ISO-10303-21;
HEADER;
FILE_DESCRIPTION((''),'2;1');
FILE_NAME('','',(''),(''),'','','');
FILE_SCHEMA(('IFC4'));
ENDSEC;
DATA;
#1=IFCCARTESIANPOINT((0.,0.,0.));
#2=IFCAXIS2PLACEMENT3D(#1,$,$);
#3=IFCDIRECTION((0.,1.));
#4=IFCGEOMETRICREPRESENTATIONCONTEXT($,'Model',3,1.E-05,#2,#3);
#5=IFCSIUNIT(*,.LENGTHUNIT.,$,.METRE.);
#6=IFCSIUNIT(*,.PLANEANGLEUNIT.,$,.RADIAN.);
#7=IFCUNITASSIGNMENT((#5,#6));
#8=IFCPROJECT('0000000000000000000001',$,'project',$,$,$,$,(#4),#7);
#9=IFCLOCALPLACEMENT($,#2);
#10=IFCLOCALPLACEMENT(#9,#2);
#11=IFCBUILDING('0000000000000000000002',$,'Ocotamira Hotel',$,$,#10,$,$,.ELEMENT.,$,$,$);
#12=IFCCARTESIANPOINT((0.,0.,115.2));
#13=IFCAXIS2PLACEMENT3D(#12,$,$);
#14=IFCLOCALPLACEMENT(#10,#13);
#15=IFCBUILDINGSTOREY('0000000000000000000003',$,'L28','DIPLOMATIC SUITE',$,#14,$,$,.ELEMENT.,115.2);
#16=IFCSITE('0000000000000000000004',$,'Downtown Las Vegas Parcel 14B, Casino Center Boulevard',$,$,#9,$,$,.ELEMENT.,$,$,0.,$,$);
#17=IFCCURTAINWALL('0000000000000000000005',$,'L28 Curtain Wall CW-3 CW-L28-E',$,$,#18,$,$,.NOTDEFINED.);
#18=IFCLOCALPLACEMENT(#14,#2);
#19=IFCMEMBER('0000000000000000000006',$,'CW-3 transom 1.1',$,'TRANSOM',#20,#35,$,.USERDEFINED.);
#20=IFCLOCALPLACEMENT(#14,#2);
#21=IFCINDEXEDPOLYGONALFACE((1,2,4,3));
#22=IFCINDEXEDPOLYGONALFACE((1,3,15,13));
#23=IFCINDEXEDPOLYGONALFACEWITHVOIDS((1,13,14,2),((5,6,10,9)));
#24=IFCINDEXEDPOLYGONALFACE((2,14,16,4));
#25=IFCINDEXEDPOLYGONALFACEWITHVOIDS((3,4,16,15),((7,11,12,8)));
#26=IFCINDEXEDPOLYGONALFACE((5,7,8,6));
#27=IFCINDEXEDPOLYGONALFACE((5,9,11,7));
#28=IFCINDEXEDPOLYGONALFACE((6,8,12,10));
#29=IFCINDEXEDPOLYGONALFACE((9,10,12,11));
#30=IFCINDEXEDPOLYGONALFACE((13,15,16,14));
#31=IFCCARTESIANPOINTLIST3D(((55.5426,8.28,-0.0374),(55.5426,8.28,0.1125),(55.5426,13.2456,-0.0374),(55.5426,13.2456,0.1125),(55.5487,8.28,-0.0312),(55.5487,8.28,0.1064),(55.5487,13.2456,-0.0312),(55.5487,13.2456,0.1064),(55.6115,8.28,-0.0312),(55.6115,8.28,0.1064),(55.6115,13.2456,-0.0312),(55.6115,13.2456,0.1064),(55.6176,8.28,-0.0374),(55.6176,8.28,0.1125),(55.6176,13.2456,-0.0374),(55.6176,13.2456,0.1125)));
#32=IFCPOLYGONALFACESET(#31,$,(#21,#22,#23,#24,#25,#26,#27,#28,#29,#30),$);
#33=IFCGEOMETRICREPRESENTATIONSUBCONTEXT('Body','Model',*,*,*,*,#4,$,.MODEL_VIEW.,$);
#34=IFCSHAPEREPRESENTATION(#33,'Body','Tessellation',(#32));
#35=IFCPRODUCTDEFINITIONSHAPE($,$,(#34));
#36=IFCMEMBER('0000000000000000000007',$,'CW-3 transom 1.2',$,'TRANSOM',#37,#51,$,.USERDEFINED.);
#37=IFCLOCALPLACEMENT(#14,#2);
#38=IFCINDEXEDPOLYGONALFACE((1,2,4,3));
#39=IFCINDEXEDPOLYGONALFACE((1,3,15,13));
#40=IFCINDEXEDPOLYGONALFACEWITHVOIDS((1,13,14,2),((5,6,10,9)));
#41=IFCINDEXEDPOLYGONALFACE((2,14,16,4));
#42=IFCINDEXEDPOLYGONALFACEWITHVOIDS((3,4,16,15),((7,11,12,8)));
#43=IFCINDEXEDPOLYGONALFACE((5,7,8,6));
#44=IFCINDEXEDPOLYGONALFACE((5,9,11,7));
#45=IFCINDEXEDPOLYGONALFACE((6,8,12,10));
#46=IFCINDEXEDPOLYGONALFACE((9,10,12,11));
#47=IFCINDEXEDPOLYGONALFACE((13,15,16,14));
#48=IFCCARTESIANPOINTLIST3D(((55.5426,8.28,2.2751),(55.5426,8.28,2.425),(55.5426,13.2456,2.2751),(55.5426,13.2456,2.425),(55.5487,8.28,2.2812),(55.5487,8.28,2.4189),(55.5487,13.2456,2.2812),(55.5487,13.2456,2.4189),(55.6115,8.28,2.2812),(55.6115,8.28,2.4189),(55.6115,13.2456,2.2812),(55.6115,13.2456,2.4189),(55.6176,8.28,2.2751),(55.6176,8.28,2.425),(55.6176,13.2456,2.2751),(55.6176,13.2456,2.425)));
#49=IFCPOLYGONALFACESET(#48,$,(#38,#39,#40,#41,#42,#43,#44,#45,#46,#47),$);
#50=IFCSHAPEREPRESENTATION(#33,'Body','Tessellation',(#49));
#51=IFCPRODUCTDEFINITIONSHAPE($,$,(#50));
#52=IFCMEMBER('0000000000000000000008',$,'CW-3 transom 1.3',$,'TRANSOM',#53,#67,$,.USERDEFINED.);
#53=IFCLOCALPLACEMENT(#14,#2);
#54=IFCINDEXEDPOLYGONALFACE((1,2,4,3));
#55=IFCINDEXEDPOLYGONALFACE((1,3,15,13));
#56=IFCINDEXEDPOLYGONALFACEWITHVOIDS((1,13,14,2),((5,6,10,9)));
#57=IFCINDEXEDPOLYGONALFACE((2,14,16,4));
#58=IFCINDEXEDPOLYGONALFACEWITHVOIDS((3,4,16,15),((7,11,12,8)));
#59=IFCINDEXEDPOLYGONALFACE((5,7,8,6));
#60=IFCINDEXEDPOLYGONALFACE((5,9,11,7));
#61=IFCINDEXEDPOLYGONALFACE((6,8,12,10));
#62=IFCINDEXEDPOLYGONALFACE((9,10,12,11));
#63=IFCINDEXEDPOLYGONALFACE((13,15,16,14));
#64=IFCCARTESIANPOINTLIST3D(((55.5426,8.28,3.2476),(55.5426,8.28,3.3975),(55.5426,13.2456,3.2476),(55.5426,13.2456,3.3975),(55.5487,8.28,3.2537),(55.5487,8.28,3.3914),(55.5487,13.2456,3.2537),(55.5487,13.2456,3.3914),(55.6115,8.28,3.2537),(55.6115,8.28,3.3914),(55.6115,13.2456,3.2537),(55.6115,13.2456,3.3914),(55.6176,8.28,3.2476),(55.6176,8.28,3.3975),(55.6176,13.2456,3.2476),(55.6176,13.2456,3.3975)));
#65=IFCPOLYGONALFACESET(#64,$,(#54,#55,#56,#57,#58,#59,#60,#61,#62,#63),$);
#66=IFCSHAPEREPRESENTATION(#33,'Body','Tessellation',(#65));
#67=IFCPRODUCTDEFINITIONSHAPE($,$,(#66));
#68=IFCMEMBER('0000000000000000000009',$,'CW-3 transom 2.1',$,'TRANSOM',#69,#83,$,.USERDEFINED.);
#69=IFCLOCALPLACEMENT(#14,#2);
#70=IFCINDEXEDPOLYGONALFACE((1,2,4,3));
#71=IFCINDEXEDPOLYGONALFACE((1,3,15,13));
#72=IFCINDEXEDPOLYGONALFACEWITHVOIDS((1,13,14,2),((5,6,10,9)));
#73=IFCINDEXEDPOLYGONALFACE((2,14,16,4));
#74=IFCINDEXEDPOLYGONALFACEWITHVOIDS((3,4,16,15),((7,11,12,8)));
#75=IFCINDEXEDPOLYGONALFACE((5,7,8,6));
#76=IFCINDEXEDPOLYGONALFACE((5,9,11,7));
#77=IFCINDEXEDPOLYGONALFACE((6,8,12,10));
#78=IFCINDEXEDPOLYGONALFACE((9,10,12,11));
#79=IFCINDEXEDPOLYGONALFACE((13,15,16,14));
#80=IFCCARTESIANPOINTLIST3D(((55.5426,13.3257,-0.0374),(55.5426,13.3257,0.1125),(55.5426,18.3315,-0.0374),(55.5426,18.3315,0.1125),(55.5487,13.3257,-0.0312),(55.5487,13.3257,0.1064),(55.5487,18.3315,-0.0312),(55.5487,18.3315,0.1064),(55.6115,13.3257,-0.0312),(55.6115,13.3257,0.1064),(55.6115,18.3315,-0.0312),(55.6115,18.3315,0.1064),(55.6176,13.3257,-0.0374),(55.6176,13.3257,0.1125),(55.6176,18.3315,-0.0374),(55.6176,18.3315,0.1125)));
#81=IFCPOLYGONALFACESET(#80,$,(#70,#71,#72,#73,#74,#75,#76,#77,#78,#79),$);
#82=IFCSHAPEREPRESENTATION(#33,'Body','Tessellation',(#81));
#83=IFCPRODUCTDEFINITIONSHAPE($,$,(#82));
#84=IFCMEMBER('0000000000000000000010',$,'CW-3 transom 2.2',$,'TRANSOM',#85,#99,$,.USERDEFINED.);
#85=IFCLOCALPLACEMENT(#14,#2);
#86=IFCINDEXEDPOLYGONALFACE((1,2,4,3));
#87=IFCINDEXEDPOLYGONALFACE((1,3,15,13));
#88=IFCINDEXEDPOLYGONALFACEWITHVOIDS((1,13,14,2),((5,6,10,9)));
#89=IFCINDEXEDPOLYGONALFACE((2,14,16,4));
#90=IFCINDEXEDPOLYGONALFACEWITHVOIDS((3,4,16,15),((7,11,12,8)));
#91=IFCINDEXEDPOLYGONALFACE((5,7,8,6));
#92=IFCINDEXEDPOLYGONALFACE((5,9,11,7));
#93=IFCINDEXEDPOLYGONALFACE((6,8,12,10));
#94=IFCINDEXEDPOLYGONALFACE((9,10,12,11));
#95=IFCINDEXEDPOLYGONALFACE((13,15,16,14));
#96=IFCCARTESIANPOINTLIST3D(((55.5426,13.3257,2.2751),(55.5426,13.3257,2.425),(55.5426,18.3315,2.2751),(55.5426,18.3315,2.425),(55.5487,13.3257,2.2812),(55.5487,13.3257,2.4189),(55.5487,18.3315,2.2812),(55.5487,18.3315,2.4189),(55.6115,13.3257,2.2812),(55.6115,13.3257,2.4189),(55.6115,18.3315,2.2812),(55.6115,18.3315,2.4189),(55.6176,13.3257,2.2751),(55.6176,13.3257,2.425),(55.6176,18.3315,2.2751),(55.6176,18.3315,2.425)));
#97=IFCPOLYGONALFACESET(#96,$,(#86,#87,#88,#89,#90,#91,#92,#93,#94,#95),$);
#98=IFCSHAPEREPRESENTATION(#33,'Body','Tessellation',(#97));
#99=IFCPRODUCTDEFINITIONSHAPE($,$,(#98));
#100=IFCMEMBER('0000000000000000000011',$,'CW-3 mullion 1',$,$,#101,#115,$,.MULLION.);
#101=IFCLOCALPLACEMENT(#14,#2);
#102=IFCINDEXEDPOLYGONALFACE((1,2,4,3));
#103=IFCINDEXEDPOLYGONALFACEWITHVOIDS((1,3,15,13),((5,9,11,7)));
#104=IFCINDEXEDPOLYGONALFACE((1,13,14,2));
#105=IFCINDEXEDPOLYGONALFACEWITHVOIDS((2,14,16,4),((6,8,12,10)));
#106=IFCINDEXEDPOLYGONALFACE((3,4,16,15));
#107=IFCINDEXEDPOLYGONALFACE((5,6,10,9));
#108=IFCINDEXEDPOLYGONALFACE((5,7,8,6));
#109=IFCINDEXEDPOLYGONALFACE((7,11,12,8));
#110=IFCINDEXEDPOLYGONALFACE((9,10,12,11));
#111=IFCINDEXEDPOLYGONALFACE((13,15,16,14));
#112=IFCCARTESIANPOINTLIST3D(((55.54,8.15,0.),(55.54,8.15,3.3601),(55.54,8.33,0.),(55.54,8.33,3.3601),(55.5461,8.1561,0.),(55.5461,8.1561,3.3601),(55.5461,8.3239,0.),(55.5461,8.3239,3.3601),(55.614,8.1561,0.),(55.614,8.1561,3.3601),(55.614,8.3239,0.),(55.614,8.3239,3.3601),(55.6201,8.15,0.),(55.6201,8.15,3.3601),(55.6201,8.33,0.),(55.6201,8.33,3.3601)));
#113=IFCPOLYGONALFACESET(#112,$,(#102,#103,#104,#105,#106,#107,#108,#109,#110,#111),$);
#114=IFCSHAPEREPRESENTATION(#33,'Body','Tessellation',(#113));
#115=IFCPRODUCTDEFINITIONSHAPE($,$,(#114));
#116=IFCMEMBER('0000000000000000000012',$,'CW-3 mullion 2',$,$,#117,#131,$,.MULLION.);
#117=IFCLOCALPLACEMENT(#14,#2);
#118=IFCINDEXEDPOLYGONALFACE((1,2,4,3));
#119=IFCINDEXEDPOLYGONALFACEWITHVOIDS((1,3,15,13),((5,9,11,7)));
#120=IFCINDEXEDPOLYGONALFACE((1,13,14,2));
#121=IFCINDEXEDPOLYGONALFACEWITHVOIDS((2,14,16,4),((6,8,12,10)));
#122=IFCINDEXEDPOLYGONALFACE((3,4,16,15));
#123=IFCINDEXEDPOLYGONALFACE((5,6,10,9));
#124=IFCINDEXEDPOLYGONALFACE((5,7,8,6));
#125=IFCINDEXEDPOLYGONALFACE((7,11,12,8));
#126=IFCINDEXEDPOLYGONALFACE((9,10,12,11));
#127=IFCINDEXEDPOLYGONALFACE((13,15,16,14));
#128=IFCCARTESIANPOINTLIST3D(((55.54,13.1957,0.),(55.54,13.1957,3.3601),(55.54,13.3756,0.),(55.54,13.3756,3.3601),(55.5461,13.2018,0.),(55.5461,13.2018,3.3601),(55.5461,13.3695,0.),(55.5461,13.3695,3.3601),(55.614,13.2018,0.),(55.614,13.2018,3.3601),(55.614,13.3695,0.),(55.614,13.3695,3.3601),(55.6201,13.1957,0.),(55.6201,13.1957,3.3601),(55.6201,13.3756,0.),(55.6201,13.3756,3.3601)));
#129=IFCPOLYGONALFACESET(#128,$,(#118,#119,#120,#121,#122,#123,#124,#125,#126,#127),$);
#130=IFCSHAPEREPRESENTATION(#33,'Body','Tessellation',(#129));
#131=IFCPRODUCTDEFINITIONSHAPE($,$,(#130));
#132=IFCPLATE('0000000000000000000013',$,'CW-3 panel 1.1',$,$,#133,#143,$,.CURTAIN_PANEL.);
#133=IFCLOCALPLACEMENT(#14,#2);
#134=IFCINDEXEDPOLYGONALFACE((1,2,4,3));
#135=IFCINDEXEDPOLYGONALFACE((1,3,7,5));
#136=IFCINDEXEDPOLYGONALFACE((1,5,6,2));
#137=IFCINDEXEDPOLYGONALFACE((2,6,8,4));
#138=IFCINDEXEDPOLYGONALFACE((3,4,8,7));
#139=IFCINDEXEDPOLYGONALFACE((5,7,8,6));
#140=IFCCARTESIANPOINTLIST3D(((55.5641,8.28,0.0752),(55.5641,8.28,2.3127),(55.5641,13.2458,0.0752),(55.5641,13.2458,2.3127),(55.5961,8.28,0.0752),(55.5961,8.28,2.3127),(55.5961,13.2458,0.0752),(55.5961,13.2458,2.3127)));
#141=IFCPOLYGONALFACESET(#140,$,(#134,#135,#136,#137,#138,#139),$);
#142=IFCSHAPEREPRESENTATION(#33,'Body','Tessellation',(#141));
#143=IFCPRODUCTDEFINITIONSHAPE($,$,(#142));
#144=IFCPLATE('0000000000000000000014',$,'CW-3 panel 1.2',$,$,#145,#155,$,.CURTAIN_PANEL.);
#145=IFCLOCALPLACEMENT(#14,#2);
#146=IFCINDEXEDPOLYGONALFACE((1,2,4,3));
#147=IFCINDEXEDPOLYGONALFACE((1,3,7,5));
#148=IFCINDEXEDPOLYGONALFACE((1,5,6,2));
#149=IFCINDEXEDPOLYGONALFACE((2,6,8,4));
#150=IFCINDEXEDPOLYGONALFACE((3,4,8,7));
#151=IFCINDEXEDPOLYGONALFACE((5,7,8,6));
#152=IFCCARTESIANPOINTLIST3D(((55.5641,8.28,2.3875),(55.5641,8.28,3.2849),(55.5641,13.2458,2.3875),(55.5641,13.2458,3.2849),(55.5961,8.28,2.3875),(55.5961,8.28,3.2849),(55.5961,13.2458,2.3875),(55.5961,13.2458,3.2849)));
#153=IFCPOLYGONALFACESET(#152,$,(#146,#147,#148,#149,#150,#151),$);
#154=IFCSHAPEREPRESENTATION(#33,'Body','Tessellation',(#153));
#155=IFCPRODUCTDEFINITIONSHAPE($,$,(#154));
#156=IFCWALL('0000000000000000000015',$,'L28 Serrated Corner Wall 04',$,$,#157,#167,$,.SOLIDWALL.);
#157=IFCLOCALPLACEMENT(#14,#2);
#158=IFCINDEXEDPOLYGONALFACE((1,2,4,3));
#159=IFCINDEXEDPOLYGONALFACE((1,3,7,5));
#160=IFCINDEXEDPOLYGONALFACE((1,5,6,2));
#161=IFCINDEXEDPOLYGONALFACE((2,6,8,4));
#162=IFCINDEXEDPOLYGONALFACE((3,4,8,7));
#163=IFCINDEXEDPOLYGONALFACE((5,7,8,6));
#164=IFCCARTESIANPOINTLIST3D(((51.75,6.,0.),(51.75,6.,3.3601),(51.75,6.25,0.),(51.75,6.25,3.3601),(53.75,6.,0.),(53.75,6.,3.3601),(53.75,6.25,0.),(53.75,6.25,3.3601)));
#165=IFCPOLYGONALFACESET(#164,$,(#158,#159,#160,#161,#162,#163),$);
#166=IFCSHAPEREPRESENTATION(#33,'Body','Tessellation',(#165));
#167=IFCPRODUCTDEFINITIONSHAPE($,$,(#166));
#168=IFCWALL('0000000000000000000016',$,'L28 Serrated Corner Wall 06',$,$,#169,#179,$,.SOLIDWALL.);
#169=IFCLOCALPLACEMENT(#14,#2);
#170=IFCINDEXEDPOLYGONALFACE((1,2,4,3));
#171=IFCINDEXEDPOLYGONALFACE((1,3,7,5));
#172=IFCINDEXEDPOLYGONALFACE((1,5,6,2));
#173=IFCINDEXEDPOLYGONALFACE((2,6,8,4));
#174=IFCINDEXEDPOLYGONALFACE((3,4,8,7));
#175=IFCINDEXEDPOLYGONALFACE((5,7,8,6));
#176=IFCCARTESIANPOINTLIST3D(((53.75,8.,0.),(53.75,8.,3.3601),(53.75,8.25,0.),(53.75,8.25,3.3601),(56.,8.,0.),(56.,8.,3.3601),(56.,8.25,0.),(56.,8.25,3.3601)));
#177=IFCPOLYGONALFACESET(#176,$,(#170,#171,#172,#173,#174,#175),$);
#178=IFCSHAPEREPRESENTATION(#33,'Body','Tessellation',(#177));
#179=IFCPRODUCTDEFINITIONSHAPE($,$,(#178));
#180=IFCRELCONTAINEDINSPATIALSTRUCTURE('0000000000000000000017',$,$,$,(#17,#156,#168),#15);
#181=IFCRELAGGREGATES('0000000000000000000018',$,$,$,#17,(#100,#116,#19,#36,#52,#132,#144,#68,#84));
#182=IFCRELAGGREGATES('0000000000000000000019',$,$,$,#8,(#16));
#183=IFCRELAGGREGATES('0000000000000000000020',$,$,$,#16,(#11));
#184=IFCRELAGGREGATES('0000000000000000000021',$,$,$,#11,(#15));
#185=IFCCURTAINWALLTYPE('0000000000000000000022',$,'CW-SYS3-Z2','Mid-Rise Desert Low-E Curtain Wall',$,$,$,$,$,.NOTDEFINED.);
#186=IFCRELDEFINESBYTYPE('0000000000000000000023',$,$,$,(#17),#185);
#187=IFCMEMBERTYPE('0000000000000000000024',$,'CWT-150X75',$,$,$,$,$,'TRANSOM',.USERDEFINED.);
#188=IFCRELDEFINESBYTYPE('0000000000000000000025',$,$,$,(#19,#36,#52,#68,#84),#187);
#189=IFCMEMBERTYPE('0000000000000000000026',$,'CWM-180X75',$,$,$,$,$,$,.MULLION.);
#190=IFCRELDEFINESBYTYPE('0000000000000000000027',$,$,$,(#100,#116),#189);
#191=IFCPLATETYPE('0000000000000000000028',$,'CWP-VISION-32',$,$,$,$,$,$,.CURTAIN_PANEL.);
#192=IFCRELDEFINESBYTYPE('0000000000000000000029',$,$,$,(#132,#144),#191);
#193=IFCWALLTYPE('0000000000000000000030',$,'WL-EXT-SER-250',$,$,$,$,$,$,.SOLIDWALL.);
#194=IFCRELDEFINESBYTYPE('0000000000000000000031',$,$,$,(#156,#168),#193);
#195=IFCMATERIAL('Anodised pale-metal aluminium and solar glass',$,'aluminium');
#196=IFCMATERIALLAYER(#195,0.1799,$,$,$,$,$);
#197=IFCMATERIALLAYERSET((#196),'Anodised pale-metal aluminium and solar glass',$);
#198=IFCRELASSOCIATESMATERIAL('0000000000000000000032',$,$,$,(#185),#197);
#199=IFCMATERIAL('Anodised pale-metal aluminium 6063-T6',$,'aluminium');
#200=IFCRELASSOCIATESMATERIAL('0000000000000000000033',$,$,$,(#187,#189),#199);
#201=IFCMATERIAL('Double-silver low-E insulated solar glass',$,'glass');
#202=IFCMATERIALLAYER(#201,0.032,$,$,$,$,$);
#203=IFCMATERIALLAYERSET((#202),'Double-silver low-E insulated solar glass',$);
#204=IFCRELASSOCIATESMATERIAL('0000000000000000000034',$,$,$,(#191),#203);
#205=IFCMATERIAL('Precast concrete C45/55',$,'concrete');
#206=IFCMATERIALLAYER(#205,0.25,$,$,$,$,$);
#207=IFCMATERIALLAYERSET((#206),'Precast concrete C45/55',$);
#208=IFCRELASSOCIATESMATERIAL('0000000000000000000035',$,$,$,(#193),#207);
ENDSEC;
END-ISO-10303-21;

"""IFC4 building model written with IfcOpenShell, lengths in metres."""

from ifc_helpers import new_model, si_unit, direction, frame, frame_2d, origin, origin_2d, place, context, subcontext, project, spatial, rectangle, hollow_rectangle, extrude, source, transform, mapped, material, layer, layer_set, material_profile, profile_set, type_object, element, aggregate, save


model = new_model("IFC4")

# Units and contexts
model_context = context("Model", 3, precision=1e-05, world=origin(), true_north=direction((0.0, 1.0)))
body_context = subcontext(model_context, "Body", "Model", "MODEL_VIEW")
ifc_project = project(units=[si_unit("LENGTHUNIT", "METRE"), si_unit("PLANEANGLEUNIT", "RADIAN")], contexts=[model_context])

# Site, building, storey
site_placement = place(None, origin())
site = spatial("IfcSite", under=ifc_project, at=site_placement, Name="Downtown Las Vegas Parcel 14B, Casino Center Boulevard", CompositionType="ELEMENT", RefElevation=0.0)
building_placement = place(site_placement, origin())
building = spatial("IfcBuilding", under=site, at=building_placement, Name="Ocotamira Hotel", CompositionType="ELEMENT")
storey_placement = place(building_placement, frame((0.0, 0.0, 115.2)))
storey = spatial("IfcBuildingStorey", under=building, at=storey_placement, Name="L28", Description="DIPLOMATIC SUITE", CompositionType="ELEMENT", Elevation=115.2)

# Curtain wall, members, plates
ifc_material_1 = material(Name="Anodised pale-metal aluminium and solar glass", Category="aluminium")
ifc_layer_1 = layer(ifc_material_1, 0.1799)
ifc_layer_set_1 = layer_set([ifc_layer_1], Name="Anodised pale-metal aluminium and solar glass")
curtain_wall_type = type_object("IfcCurtainWallType", Name="CW-SYS3-Z2", Description="Mid-Rise Desert Low-E Curtain Wall", PredefinedType="NOTDEFINED", material=ifc_layer_set_1)
curtain_wall_placement = place(storey_placement, origin())
curtain_wall = element("IfcCurtainWall", 1, at=curtain_wall_placement, inside=storey, type_object=curtain_wall_type, Name="L28 Curtain Wall CW-3 CW-L28-E", PredefinedType="NOTDEFINED")
ifc_material_2 = material(Name="Anodised pale-metal aluminium 6063-T6", Category="aluminium")
ifc_material_profile_1 = material_profile(ifc_material_2, hollow_rectangle(XDim=0.075, YDim=0.1499, WallThickness=0.0061, at=origin_2d()), Name="HSS150X75X6")
ifc_profile_set_1 = profile_set([ifc_material_profile_1], Name="Anodised pale-metal aluminium 6063-T6")
member_type_1 = type_object("IfcMemberType", Name="CWT-150X75", ElementType="TRANSOM", PredefinedType="USERDEFINED", material=ifc_profile_set_1)
shared_shape_1 = source(origin(), body_context, "Body", "SweptSolid", [
    extrude(hollow_rectangle(XDim=0.075, YDim=0.1499, WallThickness=0.0061, at=origin_2d()), origin(), (0.0, 0.0, 1.0), 4.9656),
])
member_1_placement = place(storey_placement, frame((55.5801, 8.28, 0.0376), z_axis=(0.0, 1.0, 0.0), x_axis=(-1.0, 0.0, 0.0)))
member_1 = element("IfcMember", 2, at=member_1_placement, type_object=member_type_1, Name="CW-3 transom 1.1", ObjectType="TRANSOM", PredefinedType="USERDEFINED", context=body_context, shape_type="MappedRepresentation", body=[
    mapped(shared_shape_1, transform((0.0, 0.0, 0.0), scale=1.0)),
])
member_2_placement = place(storey_placement, frame((55.5801, 8.28, 2.3501), z_axis=(0.0, 1.0, 0.0), x_axis=(-1.0, 0.0, 0.0)))
member_2 = element("IfcMember", 3, at=member_2_placement, type_object=member_type_1, Name="CW-3 transom 1.2", ObjectType="TRANSOM", PredefinedType="USERDEFINED", context=body_context, shape_type="MappedRepresentation", body=[
    mapped(shared_shape_1, transform((0.0, 0.0, 0.0), scale=1.0)),
])
member_3_placement = place(storey_placement, frame((55.5801, 8.28, 3.3225), z_axis=(0.0, 1.0, 0.0), x_axis=(-1.0, 0.0, 0.0)))
member_3 = element("IfcMember", 4, at=member_3_placement, type_object=member_type_1, Name="CW-3 transom 1.3", ObjectType="TRANSOM", PredefinedType="USERDEFINED", context=body_context, shape_type="MappedRepresentation", body=[
    mapped(shared_shape_1, transform((0.0, 0.0, 0.0), scale=1.0)),
])
shared_shape_2 = source(origin(), body_context, "Body", "SweptSolid", [
    extrude(hollow_rectangle(XDim=0.075, YDim=0.1499, WallThickness=0.0061, at=origin_2d()), origin(), (0.0, 0.0, 1.0), 5.0059),
])
member_4_placement = place(storey_placement, frame((55.5801, 13.3257, 0.0376), z_axis=(0.0, 1.0, 0.0), x_axis=(-1.0, 0.0, 0.0)))
member_4 = element("IfcMember", 5, at=member_4_placement, type_object=member_type_1, Name="CW-3 transom 2.1", ObjectType="TRANSOM", PredefinedType="USERDEFINED", context=body_context, shape_type="MappedRepresentation", body=[
    mapped(shared_shape_2, transform((0.0, 0.0, 0.0), scale=1.0)),
])
member_5_placement = place(storey_placement, frame((55.5801, 13.3257, 2.3501), z_axis=(0.0, 1.0, 0.0), x_axis=(-1.0, 0.0, 0.0)))
member_5 = element("IfcMember", 6, at=member_5_placement, type_object=member_type_1, Name="CW-3 transom 2.2", ObjectType="TRANSOM", PredefinedType="USERDEFINED", context=body_context, shape_type="MappedRepresentation", body=[
    mapped(shared_shape_2, transform((0.0, 0.0, 0.0), scale=1.0)),
])
ifc_material_profile_2 = material_profile(ifc_material_2, hollow_rectangle(XDim=0.0801, YDim=0.1799, WallThickness=0.0061, at=origin_2d()), Name="HSS180X80X6")
ifc_profile_set_2 = profile_set([ifc_material_profile_2], Name="Anodised pale-metal aluminium 6063-T6")
member_type_2 = type_object("IfcMemberType", Name="CWM-180X75", PredefinedType="MULLION", material=ifc_profile_set_2)
shared_shape_3 = source(origin(), body_context, "Body", "SweptSolid", [
    extrude(hollow_rectangle(XDim=0.0801, YDim=0.1799, WallThickness=0.0061, at=origin_2d()), origin(), (0.0, 0.0, 1.0), 3.3601),
])
member_6_placement = place(storey_placement, frame((55.5801, 8.24, 0.0), z_axis=(0.0, 0.0, 1.0), x_axis=(-1.0, 0.0, 0.0)))
member_6 = element("IfcMember", 7, at=member_6_placement, type_object=member_type_2, Name="CW-3 mullion 1", PredefinedType="MULLION", context=body_context, shape_type="MappedRepresentation", body=[
    mapped(shared_shape_3, transform((0.0, 0.0, 0.0), scale=1.0)),
])
member_7_placement = place(storey_placement, frame((55.5801, 13.2856, 0.0), z_axis=(0.0, 0.0, 1.0), x_axis=(-1.0, 0.0, 0.0)))
member_7 = element("IfcMember", 8, at=member_7_placement, type_object=member_type_2, Name="CW-3 mullion 2", PredefinedType="MULLION", context=body_context, shape_type="MappedRepresentation", body=[
    mapped(shared_shape_3, transform((0.0, 0.0, 0.0), scale=1.0)),
])
ifc_material_3 = material(Name="Double-silver low-E insulated solar glass", Category="glass")
ifc_layer_2 = layer(ifc_material_3, 0.032)
ifc_layer_set_2 = layer_set([ifc_layer_2], Name="Double-silver low-E insulated solar glass")
plate_type = type_object("IfcPlateType", Name="CWP-VISION-32", PredefinedType="CURTAIN_PANEL", material=ifc_layer_set_2)
shared_shape_4 = source(origin(), body_context, "Body", "SweptSolid", [
    extrude(rectangle(XDim=4.9658, YDim=0.032, at=origin_2d()), origin(), (0.0, 0.0, 1.0), 2.2375),
])
plate_1_placement = place(storey_placement, frame((55.5801, 10.7629, 0.0752), z_axis=(0.0, 0.0, 1.0), x_axis=(0.0, 1.0, 0.0)))
plate_1 = element("IfcPlate", 9, at=plate_1_placement, type_object=plate_type, Name="CW-3 panel 1.1", PredefinedType="CURTAIN_PANEL", context=body_context, shape_type="MappedRepresentation", body=[
    mapped(shared_shape_4, transform((0.0, 0.0, 0.0), scale=1.0)),
])
shared_shape_5 = source(origin(), body_context, "Body", "SweptSolid", [
    extrude(rectangle(XDim=4.9658, YDim=0.032, at=origin_2d()), origin(), (0.0, 0.0, 1.0), 0.8975),
])
plate_2_placement = place(storey_placement, frame((55.5801, 10.7629, 2.3875), z_axis=(0.0, 0.0, 1.0), x_axis=(0.0, 1.0, 0.0)))
plate_2 = element("IfcPlate", 10, at=plate_2_placement, type_object=plate_type, Name="CW-3 panel 1.2", PredefinedType="CURTAIN_PANEL", context=body_context, shape_type="MappedRepresentation", body=[
    mapped(shared_shape_5, transform((0.0, 0.0, 0.0), scale=1.0)),
])
aggregate(curtain_wall, [member_6, member_7, member_1, member_2, member_3, plate_1, plate_2, member_4, member_5])

# Walls
ifc_material_4 = material(Name="Precast concrete C45/55", Category="concrete")
ifc_layer_3 = layer(ifc_material_4, 0.25)
ifc_layer_set_3 = layer_set([ifc_layer_3], Name="Precast concrete C45/55")
wall_type_1 = type_object("IfcWallType", Name="WL-EXT-SER-250", PredefinedType="SOLIDWALL", material=ifc_layer_set_3)
wall_1_placement = place(storey_placement, frame((51.75, 6.125, 0.0), z_axis=(0.0, 0.0, 1.0), x_axis=(1.0, 0.0, 0.0)))
element("IfcWall", 11, at=wall_1_placement, inside=storey, type_object=wall_type_1, Name="L28 Serrated Corner Wall 04", PredefinedType="SOLIDWALL", context=body_context, shape_type="SweptSolid", body=[
    extrude(rectangle(XDim=2.0, YDim=0.25, at=frame_2d((1.0, 0.0))), origin(), (0.0, 0.0, 1.0), 3.3601),
])
wall_2_placement = place(storey_placement, frame((53.75, 8.125, 0.0), z_axis=(0.0, 0.0, 1.0), x_axis=(1.0, 0.0, 0.0)))
element("IfcWall", 12, at=wall_2_placement, inside=storey, type_object=wall_type_1, Name="L28 Serrated Corner Wall 06", PredefinedType="SOLIDWALL", context=body_context, shape_type="SweptSolid", body=[
    extrude(rectangle(XDim=2.25, YDim=0.25, at=frame_2d((1.125, 0.0))), origin(), (0.0, 0.0, 1.0), 3.3601),
])

save(model, "model.ifc")
